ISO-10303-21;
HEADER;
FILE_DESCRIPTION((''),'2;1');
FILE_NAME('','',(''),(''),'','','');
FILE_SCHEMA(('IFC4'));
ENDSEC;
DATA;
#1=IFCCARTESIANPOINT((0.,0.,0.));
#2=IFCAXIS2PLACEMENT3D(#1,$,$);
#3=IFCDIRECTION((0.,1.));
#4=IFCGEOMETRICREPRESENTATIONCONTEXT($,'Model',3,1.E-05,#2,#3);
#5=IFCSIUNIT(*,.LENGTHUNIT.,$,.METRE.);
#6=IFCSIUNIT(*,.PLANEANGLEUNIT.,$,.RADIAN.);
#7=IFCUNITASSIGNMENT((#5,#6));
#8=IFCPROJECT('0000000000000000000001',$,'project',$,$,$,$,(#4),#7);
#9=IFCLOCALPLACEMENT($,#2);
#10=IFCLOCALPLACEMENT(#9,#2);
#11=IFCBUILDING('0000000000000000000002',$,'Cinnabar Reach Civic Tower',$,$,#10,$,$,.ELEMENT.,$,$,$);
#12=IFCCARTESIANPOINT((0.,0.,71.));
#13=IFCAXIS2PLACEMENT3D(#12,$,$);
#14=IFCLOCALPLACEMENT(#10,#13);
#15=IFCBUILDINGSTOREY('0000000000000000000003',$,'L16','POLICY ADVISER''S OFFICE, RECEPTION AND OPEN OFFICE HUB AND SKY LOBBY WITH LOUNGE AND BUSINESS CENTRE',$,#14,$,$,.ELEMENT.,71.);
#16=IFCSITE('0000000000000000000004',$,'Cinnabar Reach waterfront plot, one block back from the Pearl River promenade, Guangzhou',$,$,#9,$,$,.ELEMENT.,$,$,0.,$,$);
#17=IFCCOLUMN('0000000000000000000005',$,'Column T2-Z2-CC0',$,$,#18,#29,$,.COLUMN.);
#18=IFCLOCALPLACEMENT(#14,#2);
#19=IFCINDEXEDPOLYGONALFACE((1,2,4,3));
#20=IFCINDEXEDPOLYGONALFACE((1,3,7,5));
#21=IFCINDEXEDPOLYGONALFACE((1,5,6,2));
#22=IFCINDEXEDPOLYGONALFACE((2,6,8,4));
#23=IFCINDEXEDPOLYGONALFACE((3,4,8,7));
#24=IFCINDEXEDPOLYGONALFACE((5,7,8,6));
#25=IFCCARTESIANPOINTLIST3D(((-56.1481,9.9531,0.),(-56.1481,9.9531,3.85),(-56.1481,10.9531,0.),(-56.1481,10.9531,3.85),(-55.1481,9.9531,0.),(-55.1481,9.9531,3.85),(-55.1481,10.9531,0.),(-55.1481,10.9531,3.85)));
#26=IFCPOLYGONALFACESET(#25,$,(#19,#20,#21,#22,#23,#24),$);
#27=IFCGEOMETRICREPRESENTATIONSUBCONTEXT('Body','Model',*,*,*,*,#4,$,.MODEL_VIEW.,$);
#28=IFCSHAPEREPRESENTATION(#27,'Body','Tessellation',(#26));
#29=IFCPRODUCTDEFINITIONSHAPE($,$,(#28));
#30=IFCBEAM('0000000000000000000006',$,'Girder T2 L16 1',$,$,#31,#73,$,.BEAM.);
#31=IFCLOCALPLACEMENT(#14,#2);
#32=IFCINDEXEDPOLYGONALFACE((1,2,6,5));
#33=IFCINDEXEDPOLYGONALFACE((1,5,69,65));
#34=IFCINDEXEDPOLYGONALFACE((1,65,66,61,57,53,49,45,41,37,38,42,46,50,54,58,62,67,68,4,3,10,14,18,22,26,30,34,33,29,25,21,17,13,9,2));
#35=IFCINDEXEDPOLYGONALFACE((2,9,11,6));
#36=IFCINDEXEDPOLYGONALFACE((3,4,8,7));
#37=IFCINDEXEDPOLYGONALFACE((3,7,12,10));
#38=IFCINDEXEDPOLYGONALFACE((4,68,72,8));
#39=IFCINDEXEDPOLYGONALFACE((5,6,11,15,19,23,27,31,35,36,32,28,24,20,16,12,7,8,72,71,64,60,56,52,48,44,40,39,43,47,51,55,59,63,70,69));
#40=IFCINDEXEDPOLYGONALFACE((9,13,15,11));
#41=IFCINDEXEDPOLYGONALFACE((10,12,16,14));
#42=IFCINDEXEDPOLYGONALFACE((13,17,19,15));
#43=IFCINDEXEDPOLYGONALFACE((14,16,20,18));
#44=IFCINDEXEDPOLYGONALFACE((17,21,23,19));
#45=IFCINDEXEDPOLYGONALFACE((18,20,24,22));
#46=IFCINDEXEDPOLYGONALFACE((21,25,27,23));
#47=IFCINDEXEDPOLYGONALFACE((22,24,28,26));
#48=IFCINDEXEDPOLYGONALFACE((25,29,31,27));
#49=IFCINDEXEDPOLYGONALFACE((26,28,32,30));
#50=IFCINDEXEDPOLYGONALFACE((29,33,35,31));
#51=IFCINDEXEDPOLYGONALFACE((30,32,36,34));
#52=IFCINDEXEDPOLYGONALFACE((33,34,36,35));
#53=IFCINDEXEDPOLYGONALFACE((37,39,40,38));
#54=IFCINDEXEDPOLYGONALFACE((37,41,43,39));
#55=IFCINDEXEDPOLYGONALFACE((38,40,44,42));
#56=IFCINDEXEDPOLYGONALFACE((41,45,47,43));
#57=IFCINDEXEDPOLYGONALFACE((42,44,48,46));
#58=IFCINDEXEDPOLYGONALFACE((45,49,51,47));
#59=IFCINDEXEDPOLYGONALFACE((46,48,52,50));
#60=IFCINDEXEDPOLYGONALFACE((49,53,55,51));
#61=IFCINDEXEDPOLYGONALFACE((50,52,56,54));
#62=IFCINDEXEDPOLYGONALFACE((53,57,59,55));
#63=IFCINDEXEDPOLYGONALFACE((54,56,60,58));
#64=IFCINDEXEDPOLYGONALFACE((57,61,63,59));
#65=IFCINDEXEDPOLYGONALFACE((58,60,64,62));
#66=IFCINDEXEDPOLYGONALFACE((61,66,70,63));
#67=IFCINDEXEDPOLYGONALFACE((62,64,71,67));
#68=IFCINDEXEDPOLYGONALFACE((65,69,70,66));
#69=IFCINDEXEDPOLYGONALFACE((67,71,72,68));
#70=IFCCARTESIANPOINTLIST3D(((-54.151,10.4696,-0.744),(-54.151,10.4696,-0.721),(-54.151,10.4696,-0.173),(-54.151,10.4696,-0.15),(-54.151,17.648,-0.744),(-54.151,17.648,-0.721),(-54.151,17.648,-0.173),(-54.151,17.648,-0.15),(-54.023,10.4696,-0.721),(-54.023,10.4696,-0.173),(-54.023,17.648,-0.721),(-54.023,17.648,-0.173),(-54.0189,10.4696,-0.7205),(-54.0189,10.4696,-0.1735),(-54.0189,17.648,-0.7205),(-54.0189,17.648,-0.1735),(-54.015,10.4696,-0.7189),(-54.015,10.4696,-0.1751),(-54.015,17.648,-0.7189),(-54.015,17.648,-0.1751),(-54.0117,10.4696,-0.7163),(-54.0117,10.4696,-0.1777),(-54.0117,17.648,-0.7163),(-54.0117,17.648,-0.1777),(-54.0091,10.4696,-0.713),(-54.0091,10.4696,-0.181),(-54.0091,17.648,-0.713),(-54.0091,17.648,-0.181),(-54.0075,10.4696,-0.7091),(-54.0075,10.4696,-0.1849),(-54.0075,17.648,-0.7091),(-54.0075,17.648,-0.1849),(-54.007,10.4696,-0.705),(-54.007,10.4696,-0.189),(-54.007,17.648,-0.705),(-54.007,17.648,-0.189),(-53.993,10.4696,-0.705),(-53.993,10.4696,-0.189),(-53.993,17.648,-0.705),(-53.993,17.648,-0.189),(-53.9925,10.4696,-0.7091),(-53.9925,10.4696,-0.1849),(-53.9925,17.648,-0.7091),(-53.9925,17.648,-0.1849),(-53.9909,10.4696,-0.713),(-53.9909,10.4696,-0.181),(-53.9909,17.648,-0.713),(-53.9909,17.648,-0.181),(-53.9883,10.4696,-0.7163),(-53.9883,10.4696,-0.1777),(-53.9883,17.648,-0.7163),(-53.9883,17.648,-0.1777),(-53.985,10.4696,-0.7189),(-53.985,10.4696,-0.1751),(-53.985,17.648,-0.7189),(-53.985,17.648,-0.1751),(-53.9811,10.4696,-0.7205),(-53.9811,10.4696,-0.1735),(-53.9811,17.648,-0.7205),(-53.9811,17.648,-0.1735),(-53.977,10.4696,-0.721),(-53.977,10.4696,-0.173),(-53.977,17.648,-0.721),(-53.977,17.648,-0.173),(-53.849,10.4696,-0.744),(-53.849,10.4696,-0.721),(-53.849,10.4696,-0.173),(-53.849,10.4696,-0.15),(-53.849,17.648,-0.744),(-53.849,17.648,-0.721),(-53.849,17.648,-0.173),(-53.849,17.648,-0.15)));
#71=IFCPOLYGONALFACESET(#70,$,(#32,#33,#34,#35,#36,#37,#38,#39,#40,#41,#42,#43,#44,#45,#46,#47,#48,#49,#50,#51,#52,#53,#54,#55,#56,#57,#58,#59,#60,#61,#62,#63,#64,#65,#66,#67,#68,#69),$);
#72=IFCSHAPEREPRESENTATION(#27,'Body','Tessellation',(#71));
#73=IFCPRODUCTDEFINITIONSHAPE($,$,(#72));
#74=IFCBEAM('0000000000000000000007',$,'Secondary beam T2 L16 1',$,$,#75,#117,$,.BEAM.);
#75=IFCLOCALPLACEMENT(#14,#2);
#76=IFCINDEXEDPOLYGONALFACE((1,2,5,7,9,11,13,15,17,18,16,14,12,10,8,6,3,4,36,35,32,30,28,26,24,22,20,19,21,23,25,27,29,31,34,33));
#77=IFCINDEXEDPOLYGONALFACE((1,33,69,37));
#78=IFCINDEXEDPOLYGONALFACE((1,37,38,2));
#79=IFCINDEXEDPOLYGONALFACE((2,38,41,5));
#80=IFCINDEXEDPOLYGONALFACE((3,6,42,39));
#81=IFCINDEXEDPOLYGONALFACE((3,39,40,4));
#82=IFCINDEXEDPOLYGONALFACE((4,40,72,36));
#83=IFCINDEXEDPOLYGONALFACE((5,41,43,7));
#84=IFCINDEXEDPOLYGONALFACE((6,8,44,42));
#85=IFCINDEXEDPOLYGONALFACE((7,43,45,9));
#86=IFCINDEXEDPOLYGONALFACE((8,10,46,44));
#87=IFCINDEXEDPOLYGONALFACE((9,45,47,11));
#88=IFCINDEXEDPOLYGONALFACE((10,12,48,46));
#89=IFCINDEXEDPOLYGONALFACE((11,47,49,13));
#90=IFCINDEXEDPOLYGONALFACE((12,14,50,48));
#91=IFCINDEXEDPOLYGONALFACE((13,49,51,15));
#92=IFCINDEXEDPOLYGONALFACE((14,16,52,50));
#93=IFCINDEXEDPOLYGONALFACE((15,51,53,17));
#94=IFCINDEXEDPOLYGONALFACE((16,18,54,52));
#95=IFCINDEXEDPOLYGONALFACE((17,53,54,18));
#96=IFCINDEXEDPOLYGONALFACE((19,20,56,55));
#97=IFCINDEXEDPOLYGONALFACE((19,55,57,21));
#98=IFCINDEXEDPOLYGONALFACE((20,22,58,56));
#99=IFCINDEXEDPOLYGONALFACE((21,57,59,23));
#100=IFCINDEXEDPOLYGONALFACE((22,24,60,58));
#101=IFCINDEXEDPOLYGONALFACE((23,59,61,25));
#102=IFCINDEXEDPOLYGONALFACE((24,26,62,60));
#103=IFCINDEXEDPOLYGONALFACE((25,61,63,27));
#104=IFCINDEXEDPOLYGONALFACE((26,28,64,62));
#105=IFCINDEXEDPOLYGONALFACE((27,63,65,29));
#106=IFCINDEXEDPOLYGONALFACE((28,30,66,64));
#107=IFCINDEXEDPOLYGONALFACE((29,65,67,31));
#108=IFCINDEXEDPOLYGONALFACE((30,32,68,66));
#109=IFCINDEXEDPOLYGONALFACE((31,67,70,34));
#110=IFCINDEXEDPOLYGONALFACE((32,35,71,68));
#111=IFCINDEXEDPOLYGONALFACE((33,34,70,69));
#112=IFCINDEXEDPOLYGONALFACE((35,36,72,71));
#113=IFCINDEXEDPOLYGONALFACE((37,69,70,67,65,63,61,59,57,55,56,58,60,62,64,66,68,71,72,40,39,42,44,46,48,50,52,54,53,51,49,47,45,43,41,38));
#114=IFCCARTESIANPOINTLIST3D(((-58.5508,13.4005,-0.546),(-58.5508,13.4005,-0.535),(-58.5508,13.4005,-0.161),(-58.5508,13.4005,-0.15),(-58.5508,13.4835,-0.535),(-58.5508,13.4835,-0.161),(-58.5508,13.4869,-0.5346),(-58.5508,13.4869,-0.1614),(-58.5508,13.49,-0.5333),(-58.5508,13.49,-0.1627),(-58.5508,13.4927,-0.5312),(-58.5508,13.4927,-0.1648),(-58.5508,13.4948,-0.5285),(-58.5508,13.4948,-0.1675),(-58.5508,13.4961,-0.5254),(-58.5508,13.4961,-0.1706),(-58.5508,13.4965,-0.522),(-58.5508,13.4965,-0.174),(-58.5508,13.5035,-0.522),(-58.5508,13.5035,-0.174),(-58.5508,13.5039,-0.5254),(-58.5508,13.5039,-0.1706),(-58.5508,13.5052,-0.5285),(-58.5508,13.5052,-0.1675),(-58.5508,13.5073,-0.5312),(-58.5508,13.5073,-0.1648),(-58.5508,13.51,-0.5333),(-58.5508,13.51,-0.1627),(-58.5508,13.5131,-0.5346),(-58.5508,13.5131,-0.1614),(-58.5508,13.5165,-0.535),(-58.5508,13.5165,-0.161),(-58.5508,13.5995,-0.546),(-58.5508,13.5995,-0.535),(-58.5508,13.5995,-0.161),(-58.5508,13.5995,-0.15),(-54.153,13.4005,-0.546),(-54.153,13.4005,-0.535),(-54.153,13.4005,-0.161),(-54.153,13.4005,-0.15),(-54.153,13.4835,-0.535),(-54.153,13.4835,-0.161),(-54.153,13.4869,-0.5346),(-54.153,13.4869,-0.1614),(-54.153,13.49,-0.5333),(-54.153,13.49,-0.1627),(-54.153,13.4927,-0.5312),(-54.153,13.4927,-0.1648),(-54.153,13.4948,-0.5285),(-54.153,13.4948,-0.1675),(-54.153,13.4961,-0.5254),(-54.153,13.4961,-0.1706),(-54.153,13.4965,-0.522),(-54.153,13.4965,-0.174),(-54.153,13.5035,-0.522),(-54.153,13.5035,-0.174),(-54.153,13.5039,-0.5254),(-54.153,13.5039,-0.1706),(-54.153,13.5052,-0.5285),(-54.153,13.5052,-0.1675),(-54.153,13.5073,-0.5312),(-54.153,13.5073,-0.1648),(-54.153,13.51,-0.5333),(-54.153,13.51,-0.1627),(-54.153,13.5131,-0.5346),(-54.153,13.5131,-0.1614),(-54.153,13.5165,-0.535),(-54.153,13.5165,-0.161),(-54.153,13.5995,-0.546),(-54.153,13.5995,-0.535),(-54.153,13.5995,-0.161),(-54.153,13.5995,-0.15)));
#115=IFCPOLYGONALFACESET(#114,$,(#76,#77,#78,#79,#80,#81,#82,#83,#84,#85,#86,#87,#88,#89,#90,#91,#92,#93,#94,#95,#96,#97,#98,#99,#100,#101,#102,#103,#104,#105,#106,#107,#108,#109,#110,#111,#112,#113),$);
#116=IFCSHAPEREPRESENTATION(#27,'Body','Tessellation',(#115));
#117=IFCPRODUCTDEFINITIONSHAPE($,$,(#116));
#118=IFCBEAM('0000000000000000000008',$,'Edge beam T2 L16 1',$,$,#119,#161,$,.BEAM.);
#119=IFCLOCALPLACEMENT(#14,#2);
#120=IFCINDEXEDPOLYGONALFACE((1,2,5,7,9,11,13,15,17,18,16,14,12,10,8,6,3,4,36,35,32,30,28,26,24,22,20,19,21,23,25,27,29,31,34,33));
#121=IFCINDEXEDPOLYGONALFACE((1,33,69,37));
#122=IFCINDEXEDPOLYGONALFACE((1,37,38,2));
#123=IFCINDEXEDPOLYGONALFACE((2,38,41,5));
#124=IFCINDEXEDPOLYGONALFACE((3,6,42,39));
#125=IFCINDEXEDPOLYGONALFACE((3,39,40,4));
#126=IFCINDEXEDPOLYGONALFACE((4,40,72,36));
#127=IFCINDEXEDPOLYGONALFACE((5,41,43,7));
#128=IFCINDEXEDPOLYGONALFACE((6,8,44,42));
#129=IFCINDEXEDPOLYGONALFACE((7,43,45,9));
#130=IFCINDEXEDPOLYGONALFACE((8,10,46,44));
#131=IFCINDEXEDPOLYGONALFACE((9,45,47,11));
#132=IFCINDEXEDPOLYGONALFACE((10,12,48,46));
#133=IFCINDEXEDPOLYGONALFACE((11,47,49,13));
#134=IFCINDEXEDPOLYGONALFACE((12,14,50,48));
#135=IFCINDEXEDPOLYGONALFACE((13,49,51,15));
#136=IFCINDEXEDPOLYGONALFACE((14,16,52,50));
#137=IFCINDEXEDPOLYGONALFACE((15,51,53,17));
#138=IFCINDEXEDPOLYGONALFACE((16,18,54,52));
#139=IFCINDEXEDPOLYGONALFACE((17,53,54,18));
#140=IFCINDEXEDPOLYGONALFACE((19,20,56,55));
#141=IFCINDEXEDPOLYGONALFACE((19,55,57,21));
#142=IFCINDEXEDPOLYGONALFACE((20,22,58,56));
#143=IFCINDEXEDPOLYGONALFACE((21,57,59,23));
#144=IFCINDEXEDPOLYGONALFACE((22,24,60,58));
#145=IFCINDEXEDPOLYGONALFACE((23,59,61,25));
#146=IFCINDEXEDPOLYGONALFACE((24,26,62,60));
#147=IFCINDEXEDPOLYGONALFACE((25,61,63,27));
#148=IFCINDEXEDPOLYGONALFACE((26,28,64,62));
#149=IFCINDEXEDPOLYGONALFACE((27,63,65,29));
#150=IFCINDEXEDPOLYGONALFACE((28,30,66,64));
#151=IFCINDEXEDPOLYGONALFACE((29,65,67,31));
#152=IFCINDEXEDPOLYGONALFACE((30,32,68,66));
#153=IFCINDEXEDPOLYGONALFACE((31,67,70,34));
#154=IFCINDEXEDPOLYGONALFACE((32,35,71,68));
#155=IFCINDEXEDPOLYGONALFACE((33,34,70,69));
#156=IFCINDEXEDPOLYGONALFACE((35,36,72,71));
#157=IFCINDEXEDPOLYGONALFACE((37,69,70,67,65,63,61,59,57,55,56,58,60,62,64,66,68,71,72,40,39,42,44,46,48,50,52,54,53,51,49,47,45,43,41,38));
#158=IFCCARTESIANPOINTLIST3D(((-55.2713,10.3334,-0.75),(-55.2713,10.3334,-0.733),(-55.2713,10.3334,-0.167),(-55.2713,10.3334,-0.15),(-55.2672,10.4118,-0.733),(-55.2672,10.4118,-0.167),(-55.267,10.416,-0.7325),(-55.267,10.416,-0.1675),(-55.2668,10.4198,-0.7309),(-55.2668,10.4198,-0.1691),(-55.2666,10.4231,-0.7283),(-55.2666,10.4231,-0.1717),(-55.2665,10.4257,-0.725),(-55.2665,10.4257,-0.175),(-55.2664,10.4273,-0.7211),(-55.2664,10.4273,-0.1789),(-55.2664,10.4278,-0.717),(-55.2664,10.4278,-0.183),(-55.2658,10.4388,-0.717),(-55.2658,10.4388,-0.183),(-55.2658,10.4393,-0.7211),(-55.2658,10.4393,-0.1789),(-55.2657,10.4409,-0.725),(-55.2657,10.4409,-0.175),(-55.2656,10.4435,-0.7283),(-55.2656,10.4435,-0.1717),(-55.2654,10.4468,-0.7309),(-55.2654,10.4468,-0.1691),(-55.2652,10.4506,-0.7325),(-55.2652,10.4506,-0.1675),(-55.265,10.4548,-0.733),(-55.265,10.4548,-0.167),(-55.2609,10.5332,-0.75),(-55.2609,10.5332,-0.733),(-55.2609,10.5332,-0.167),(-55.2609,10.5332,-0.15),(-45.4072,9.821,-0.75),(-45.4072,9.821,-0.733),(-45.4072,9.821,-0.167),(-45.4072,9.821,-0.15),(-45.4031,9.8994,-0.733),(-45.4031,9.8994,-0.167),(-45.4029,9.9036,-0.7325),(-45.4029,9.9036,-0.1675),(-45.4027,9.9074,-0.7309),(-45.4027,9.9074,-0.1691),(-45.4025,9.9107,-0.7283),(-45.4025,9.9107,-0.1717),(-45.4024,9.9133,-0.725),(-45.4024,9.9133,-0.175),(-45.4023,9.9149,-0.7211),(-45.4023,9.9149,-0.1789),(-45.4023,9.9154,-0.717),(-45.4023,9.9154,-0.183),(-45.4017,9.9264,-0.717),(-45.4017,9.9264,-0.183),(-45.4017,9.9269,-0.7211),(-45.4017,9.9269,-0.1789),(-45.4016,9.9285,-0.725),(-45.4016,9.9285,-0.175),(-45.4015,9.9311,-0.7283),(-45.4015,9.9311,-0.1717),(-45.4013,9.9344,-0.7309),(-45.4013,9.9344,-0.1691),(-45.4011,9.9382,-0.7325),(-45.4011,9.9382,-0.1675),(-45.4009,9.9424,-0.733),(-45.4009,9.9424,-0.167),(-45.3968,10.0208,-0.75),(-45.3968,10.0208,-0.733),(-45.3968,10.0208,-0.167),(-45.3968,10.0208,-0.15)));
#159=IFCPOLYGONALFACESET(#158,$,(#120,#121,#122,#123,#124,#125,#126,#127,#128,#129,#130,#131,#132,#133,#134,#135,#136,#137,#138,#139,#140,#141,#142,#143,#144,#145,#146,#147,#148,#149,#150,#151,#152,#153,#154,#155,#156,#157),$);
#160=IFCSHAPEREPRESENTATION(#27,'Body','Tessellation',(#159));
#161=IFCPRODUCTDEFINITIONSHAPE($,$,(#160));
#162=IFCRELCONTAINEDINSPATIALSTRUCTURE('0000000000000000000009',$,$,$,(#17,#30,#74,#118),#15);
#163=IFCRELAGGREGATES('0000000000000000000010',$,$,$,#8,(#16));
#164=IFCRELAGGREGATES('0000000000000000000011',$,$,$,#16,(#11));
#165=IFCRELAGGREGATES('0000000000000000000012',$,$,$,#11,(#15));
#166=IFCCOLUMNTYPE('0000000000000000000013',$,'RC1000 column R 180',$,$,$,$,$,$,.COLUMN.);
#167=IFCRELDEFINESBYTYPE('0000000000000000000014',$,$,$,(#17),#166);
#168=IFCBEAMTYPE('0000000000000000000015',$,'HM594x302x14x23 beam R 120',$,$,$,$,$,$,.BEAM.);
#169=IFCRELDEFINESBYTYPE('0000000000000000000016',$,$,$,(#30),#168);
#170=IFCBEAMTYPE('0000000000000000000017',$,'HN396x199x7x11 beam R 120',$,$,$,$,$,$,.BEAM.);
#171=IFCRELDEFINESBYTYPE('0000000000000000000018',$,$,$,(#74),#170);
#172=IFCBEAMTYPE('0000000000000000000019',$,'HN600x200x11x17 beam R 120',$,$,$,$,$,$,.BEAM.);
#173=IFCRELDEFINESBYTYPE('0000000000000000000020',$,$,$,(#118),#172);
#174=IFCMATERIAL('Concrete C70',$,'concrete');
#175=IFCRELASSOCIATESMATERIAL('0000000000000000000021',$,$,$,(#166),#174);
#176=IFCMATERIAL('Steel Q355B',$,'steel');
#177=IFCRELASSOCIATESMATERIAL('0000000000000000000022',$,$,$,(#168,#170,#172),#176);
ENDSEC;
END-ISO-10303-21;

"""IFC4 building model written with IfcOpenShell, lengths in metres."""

from ifc_helpers import new_model, si_unit, direction, frame, origin, origin_2d, place, context, subcontext, project, spatial, rectangle, i_section, extrude, material, material_profile, profile_set, type_object, element, save


model = new_model("IFC4")

# Units and contexts
model_context = context("Model", 3, precision=1e-05, world=origin(), true_north=direction((0.0, 1.0)))
body_context = subcontext(model_context, "Body", "Model", "MODEL_VIEW")
ifc_project = project(units=[si_unit("LENGTHUNIT", "METRE"), si_unit("PLANEANGLEUNIT", "RADIAN")], contexts=[model_context])

# Site, building, storey
site_placement = place(None, origin())
site = spatial("IfcSite", under=ifc_project, at=site_placement, Name="Cinnabar Reach waterfront plot, one block back from the Pearl River promenade, Guangzhou", CompositionType="ELEMENT", RefElevation=0.0)
building_placement = place(site_placement, origin())
building = spatial("IfcBuilding", under=site, at=building_placement, Name="Cinnabar Reach Civic Tower", CompositionType="ELEMENT")
storey_placement = place(building_placement, frame((0.0, 0.0, 71.0)))
storey = spatial("IfcBuildingStorey", under=building, at=storey_placement, Name="L16", Description="POLICY ADVISER'S OFFICE, RECEPTION AND OPEN OFFICE HUB AND SKY LOBBY WITH LOUNGE AND BUSINESS CENTRE", CompositionType="ELEMENT", Elevation=71.0)

# Column
ifc_material_1 = material(Name="Concrete C70", Category="concrete")
ifc_material_profile_1 = material_profile(ifc_material_1, rectangle(XDim=1.0, YDim=1.0, at=origin_2d()), Name="RC1000")
ifc_profile_set_1 = profile_set([ifc_material_profile_1], Name="Concrete C70")
column_type = type_object("IfcColumnType", Name="RC1000 column R 180", PredefinedType="COLUMN", material=ifc_profile_set_1)
column_placement = place(storey_placement, frame((-55.6481, 10.4531, 0.0), z_axis=(0.0, 0.0, 1.0), x_axis=(1.0, 0.0, 0.0)))
element("IfcColumn", 1, at=column_placement, inside=storey, type_object=column_type, Name="Column T2-Z2-CC0", PredefinedType="COLUMN", context=body_context, shape_type="SweptSolid", body=[
    extrude(rectangle(XDim=1.0, YDim=1.0, at=origin_2d()), origin(), (0.0, 0.0, 1.0), 3.85),
])

# Beams
ifc_material_2 = material(Name="Steel Q355B", Category="steel")
ifc_material_profile_2 = material_profile(ifc_material_2, i_section(OverallWidth=0.302, OverallDepth=0.594, WebThickness=0.014, FlangeThickness=0.023, FilletRadius=0.016, at=origin_2d()), Name="HM594x302x14x23")
ifc_profile_set_2 = profile_set([ifc_material_profile_2], Name="Steel Q355B")
beam_type_1 = type_object("IfcBeamType", Name="HM594x302x14x23 beam R 120", PredefinedType="BEAM", material=ifc_profile_set_2)
beam_1_placement = place(storey_placement, frame((-54.0, 10.4696, -0.447), z_axis=(0.0, 1.0, 0.0), x_axis=(-1.0, 0.0, 0.0)))
element("IfcBeam", 2, at=beam_1_placement, inside=storey, type_object=beam_type_1, Name="Girder T2 L16 1", PredefinedType="BEAM", context=body_context, shape_type="SweptSolid", body=[
    extrude(i_section(OverallWidth=0.302, OverallDepth=0.594, WebThickness=0.014, FlangeThickness=0.023, FilletRadius=0.016, at=origin_2d()), origin(), (0.0, 0.0, 1.0), 7.1784),
])
ifc_material_profile_3 = material_profile(ifc_material_2, i_section(OverallWidth=0.199, OverallDepth=0.396, WebThickness=0.007, FlangeThickness=0.011, FilletRadius=0.013, at=origin_2d()), Name="HN396x199x7x11")
ifc_profile_set_3 = profile_set([ifc_material_profile_3], Name="Steel Q355B")
beam_type_2 = type_object("IfcBeamType", Name="HN396x199x7x11 beam R 120", PredefinedType="BEAM", material=ifc_profile_set_3)
beam_2_placement = place(storey_placement, frame((-58.5508, 13.5, -0.348), z_axis=(1.0, 0.0, 0.0), x_axis=(0.0, 1.0, 0.0)))
element("IfcBeam", 3, at=beam_2_placement, inside=storey, type_object=beam_type_2, Name="Secondary beam T2 L16 1", PredefinedType="BEAM", context=body_context, shape_type="SweptSolid", body=[
    extrude(i_section(OverallWidth=0.199, OverallDepth=0.396, WebThickness=0.007, FlangeThickness=0.011, FilletRadius=0.013, at=origin_2d()), origin(), (0.0, 0.0, 1.0), 4.3978),
])
ifc_material_profile_4 = material_profile(ifc_material_2, i_section(OverallWidth=0.2, OverallDepth=0.6, WebThickness=0.011, FlangeThickness=0.017, FilletRadius=0.016, at=origin_2d()), Name="HN600x200x11x17")
ifc_profile_set_4 = profile_set([ifc_material_profile_4], Name="Steel Q355B")
beam_type_3 = type_object("IfcBeamType", Name="HN600x200x11x17 beam R 120", PredefinedType="BEAM", material=ifc_profile_set_4)
beam_3_placement = place(storey_placement, frame((-55.2661, 10.4333, -0.45), z_axis=(0.998654, -0.051876, 0.0), x_axis=(0.051876, 0.998654, 0.0)))
element("IfcBeam", 4, at=beam_3_placement, inside=storey, type_object=beam_type_3, Name="Edge beam T2 L16 1", PredefinedType="BEAM", context=body_context, shape_type="SweptSolid", body=[
    extrude(i_section(OverallWidth=0.2, OverallDepth=0.6, WebThickness=0.011, FlangeThickness=0.017, FilletRadius=0.016, at=origin_2d()), origin(), (0.0, 0.0, 1.0), 9.8774),
])

save(model, "model.ifc")
